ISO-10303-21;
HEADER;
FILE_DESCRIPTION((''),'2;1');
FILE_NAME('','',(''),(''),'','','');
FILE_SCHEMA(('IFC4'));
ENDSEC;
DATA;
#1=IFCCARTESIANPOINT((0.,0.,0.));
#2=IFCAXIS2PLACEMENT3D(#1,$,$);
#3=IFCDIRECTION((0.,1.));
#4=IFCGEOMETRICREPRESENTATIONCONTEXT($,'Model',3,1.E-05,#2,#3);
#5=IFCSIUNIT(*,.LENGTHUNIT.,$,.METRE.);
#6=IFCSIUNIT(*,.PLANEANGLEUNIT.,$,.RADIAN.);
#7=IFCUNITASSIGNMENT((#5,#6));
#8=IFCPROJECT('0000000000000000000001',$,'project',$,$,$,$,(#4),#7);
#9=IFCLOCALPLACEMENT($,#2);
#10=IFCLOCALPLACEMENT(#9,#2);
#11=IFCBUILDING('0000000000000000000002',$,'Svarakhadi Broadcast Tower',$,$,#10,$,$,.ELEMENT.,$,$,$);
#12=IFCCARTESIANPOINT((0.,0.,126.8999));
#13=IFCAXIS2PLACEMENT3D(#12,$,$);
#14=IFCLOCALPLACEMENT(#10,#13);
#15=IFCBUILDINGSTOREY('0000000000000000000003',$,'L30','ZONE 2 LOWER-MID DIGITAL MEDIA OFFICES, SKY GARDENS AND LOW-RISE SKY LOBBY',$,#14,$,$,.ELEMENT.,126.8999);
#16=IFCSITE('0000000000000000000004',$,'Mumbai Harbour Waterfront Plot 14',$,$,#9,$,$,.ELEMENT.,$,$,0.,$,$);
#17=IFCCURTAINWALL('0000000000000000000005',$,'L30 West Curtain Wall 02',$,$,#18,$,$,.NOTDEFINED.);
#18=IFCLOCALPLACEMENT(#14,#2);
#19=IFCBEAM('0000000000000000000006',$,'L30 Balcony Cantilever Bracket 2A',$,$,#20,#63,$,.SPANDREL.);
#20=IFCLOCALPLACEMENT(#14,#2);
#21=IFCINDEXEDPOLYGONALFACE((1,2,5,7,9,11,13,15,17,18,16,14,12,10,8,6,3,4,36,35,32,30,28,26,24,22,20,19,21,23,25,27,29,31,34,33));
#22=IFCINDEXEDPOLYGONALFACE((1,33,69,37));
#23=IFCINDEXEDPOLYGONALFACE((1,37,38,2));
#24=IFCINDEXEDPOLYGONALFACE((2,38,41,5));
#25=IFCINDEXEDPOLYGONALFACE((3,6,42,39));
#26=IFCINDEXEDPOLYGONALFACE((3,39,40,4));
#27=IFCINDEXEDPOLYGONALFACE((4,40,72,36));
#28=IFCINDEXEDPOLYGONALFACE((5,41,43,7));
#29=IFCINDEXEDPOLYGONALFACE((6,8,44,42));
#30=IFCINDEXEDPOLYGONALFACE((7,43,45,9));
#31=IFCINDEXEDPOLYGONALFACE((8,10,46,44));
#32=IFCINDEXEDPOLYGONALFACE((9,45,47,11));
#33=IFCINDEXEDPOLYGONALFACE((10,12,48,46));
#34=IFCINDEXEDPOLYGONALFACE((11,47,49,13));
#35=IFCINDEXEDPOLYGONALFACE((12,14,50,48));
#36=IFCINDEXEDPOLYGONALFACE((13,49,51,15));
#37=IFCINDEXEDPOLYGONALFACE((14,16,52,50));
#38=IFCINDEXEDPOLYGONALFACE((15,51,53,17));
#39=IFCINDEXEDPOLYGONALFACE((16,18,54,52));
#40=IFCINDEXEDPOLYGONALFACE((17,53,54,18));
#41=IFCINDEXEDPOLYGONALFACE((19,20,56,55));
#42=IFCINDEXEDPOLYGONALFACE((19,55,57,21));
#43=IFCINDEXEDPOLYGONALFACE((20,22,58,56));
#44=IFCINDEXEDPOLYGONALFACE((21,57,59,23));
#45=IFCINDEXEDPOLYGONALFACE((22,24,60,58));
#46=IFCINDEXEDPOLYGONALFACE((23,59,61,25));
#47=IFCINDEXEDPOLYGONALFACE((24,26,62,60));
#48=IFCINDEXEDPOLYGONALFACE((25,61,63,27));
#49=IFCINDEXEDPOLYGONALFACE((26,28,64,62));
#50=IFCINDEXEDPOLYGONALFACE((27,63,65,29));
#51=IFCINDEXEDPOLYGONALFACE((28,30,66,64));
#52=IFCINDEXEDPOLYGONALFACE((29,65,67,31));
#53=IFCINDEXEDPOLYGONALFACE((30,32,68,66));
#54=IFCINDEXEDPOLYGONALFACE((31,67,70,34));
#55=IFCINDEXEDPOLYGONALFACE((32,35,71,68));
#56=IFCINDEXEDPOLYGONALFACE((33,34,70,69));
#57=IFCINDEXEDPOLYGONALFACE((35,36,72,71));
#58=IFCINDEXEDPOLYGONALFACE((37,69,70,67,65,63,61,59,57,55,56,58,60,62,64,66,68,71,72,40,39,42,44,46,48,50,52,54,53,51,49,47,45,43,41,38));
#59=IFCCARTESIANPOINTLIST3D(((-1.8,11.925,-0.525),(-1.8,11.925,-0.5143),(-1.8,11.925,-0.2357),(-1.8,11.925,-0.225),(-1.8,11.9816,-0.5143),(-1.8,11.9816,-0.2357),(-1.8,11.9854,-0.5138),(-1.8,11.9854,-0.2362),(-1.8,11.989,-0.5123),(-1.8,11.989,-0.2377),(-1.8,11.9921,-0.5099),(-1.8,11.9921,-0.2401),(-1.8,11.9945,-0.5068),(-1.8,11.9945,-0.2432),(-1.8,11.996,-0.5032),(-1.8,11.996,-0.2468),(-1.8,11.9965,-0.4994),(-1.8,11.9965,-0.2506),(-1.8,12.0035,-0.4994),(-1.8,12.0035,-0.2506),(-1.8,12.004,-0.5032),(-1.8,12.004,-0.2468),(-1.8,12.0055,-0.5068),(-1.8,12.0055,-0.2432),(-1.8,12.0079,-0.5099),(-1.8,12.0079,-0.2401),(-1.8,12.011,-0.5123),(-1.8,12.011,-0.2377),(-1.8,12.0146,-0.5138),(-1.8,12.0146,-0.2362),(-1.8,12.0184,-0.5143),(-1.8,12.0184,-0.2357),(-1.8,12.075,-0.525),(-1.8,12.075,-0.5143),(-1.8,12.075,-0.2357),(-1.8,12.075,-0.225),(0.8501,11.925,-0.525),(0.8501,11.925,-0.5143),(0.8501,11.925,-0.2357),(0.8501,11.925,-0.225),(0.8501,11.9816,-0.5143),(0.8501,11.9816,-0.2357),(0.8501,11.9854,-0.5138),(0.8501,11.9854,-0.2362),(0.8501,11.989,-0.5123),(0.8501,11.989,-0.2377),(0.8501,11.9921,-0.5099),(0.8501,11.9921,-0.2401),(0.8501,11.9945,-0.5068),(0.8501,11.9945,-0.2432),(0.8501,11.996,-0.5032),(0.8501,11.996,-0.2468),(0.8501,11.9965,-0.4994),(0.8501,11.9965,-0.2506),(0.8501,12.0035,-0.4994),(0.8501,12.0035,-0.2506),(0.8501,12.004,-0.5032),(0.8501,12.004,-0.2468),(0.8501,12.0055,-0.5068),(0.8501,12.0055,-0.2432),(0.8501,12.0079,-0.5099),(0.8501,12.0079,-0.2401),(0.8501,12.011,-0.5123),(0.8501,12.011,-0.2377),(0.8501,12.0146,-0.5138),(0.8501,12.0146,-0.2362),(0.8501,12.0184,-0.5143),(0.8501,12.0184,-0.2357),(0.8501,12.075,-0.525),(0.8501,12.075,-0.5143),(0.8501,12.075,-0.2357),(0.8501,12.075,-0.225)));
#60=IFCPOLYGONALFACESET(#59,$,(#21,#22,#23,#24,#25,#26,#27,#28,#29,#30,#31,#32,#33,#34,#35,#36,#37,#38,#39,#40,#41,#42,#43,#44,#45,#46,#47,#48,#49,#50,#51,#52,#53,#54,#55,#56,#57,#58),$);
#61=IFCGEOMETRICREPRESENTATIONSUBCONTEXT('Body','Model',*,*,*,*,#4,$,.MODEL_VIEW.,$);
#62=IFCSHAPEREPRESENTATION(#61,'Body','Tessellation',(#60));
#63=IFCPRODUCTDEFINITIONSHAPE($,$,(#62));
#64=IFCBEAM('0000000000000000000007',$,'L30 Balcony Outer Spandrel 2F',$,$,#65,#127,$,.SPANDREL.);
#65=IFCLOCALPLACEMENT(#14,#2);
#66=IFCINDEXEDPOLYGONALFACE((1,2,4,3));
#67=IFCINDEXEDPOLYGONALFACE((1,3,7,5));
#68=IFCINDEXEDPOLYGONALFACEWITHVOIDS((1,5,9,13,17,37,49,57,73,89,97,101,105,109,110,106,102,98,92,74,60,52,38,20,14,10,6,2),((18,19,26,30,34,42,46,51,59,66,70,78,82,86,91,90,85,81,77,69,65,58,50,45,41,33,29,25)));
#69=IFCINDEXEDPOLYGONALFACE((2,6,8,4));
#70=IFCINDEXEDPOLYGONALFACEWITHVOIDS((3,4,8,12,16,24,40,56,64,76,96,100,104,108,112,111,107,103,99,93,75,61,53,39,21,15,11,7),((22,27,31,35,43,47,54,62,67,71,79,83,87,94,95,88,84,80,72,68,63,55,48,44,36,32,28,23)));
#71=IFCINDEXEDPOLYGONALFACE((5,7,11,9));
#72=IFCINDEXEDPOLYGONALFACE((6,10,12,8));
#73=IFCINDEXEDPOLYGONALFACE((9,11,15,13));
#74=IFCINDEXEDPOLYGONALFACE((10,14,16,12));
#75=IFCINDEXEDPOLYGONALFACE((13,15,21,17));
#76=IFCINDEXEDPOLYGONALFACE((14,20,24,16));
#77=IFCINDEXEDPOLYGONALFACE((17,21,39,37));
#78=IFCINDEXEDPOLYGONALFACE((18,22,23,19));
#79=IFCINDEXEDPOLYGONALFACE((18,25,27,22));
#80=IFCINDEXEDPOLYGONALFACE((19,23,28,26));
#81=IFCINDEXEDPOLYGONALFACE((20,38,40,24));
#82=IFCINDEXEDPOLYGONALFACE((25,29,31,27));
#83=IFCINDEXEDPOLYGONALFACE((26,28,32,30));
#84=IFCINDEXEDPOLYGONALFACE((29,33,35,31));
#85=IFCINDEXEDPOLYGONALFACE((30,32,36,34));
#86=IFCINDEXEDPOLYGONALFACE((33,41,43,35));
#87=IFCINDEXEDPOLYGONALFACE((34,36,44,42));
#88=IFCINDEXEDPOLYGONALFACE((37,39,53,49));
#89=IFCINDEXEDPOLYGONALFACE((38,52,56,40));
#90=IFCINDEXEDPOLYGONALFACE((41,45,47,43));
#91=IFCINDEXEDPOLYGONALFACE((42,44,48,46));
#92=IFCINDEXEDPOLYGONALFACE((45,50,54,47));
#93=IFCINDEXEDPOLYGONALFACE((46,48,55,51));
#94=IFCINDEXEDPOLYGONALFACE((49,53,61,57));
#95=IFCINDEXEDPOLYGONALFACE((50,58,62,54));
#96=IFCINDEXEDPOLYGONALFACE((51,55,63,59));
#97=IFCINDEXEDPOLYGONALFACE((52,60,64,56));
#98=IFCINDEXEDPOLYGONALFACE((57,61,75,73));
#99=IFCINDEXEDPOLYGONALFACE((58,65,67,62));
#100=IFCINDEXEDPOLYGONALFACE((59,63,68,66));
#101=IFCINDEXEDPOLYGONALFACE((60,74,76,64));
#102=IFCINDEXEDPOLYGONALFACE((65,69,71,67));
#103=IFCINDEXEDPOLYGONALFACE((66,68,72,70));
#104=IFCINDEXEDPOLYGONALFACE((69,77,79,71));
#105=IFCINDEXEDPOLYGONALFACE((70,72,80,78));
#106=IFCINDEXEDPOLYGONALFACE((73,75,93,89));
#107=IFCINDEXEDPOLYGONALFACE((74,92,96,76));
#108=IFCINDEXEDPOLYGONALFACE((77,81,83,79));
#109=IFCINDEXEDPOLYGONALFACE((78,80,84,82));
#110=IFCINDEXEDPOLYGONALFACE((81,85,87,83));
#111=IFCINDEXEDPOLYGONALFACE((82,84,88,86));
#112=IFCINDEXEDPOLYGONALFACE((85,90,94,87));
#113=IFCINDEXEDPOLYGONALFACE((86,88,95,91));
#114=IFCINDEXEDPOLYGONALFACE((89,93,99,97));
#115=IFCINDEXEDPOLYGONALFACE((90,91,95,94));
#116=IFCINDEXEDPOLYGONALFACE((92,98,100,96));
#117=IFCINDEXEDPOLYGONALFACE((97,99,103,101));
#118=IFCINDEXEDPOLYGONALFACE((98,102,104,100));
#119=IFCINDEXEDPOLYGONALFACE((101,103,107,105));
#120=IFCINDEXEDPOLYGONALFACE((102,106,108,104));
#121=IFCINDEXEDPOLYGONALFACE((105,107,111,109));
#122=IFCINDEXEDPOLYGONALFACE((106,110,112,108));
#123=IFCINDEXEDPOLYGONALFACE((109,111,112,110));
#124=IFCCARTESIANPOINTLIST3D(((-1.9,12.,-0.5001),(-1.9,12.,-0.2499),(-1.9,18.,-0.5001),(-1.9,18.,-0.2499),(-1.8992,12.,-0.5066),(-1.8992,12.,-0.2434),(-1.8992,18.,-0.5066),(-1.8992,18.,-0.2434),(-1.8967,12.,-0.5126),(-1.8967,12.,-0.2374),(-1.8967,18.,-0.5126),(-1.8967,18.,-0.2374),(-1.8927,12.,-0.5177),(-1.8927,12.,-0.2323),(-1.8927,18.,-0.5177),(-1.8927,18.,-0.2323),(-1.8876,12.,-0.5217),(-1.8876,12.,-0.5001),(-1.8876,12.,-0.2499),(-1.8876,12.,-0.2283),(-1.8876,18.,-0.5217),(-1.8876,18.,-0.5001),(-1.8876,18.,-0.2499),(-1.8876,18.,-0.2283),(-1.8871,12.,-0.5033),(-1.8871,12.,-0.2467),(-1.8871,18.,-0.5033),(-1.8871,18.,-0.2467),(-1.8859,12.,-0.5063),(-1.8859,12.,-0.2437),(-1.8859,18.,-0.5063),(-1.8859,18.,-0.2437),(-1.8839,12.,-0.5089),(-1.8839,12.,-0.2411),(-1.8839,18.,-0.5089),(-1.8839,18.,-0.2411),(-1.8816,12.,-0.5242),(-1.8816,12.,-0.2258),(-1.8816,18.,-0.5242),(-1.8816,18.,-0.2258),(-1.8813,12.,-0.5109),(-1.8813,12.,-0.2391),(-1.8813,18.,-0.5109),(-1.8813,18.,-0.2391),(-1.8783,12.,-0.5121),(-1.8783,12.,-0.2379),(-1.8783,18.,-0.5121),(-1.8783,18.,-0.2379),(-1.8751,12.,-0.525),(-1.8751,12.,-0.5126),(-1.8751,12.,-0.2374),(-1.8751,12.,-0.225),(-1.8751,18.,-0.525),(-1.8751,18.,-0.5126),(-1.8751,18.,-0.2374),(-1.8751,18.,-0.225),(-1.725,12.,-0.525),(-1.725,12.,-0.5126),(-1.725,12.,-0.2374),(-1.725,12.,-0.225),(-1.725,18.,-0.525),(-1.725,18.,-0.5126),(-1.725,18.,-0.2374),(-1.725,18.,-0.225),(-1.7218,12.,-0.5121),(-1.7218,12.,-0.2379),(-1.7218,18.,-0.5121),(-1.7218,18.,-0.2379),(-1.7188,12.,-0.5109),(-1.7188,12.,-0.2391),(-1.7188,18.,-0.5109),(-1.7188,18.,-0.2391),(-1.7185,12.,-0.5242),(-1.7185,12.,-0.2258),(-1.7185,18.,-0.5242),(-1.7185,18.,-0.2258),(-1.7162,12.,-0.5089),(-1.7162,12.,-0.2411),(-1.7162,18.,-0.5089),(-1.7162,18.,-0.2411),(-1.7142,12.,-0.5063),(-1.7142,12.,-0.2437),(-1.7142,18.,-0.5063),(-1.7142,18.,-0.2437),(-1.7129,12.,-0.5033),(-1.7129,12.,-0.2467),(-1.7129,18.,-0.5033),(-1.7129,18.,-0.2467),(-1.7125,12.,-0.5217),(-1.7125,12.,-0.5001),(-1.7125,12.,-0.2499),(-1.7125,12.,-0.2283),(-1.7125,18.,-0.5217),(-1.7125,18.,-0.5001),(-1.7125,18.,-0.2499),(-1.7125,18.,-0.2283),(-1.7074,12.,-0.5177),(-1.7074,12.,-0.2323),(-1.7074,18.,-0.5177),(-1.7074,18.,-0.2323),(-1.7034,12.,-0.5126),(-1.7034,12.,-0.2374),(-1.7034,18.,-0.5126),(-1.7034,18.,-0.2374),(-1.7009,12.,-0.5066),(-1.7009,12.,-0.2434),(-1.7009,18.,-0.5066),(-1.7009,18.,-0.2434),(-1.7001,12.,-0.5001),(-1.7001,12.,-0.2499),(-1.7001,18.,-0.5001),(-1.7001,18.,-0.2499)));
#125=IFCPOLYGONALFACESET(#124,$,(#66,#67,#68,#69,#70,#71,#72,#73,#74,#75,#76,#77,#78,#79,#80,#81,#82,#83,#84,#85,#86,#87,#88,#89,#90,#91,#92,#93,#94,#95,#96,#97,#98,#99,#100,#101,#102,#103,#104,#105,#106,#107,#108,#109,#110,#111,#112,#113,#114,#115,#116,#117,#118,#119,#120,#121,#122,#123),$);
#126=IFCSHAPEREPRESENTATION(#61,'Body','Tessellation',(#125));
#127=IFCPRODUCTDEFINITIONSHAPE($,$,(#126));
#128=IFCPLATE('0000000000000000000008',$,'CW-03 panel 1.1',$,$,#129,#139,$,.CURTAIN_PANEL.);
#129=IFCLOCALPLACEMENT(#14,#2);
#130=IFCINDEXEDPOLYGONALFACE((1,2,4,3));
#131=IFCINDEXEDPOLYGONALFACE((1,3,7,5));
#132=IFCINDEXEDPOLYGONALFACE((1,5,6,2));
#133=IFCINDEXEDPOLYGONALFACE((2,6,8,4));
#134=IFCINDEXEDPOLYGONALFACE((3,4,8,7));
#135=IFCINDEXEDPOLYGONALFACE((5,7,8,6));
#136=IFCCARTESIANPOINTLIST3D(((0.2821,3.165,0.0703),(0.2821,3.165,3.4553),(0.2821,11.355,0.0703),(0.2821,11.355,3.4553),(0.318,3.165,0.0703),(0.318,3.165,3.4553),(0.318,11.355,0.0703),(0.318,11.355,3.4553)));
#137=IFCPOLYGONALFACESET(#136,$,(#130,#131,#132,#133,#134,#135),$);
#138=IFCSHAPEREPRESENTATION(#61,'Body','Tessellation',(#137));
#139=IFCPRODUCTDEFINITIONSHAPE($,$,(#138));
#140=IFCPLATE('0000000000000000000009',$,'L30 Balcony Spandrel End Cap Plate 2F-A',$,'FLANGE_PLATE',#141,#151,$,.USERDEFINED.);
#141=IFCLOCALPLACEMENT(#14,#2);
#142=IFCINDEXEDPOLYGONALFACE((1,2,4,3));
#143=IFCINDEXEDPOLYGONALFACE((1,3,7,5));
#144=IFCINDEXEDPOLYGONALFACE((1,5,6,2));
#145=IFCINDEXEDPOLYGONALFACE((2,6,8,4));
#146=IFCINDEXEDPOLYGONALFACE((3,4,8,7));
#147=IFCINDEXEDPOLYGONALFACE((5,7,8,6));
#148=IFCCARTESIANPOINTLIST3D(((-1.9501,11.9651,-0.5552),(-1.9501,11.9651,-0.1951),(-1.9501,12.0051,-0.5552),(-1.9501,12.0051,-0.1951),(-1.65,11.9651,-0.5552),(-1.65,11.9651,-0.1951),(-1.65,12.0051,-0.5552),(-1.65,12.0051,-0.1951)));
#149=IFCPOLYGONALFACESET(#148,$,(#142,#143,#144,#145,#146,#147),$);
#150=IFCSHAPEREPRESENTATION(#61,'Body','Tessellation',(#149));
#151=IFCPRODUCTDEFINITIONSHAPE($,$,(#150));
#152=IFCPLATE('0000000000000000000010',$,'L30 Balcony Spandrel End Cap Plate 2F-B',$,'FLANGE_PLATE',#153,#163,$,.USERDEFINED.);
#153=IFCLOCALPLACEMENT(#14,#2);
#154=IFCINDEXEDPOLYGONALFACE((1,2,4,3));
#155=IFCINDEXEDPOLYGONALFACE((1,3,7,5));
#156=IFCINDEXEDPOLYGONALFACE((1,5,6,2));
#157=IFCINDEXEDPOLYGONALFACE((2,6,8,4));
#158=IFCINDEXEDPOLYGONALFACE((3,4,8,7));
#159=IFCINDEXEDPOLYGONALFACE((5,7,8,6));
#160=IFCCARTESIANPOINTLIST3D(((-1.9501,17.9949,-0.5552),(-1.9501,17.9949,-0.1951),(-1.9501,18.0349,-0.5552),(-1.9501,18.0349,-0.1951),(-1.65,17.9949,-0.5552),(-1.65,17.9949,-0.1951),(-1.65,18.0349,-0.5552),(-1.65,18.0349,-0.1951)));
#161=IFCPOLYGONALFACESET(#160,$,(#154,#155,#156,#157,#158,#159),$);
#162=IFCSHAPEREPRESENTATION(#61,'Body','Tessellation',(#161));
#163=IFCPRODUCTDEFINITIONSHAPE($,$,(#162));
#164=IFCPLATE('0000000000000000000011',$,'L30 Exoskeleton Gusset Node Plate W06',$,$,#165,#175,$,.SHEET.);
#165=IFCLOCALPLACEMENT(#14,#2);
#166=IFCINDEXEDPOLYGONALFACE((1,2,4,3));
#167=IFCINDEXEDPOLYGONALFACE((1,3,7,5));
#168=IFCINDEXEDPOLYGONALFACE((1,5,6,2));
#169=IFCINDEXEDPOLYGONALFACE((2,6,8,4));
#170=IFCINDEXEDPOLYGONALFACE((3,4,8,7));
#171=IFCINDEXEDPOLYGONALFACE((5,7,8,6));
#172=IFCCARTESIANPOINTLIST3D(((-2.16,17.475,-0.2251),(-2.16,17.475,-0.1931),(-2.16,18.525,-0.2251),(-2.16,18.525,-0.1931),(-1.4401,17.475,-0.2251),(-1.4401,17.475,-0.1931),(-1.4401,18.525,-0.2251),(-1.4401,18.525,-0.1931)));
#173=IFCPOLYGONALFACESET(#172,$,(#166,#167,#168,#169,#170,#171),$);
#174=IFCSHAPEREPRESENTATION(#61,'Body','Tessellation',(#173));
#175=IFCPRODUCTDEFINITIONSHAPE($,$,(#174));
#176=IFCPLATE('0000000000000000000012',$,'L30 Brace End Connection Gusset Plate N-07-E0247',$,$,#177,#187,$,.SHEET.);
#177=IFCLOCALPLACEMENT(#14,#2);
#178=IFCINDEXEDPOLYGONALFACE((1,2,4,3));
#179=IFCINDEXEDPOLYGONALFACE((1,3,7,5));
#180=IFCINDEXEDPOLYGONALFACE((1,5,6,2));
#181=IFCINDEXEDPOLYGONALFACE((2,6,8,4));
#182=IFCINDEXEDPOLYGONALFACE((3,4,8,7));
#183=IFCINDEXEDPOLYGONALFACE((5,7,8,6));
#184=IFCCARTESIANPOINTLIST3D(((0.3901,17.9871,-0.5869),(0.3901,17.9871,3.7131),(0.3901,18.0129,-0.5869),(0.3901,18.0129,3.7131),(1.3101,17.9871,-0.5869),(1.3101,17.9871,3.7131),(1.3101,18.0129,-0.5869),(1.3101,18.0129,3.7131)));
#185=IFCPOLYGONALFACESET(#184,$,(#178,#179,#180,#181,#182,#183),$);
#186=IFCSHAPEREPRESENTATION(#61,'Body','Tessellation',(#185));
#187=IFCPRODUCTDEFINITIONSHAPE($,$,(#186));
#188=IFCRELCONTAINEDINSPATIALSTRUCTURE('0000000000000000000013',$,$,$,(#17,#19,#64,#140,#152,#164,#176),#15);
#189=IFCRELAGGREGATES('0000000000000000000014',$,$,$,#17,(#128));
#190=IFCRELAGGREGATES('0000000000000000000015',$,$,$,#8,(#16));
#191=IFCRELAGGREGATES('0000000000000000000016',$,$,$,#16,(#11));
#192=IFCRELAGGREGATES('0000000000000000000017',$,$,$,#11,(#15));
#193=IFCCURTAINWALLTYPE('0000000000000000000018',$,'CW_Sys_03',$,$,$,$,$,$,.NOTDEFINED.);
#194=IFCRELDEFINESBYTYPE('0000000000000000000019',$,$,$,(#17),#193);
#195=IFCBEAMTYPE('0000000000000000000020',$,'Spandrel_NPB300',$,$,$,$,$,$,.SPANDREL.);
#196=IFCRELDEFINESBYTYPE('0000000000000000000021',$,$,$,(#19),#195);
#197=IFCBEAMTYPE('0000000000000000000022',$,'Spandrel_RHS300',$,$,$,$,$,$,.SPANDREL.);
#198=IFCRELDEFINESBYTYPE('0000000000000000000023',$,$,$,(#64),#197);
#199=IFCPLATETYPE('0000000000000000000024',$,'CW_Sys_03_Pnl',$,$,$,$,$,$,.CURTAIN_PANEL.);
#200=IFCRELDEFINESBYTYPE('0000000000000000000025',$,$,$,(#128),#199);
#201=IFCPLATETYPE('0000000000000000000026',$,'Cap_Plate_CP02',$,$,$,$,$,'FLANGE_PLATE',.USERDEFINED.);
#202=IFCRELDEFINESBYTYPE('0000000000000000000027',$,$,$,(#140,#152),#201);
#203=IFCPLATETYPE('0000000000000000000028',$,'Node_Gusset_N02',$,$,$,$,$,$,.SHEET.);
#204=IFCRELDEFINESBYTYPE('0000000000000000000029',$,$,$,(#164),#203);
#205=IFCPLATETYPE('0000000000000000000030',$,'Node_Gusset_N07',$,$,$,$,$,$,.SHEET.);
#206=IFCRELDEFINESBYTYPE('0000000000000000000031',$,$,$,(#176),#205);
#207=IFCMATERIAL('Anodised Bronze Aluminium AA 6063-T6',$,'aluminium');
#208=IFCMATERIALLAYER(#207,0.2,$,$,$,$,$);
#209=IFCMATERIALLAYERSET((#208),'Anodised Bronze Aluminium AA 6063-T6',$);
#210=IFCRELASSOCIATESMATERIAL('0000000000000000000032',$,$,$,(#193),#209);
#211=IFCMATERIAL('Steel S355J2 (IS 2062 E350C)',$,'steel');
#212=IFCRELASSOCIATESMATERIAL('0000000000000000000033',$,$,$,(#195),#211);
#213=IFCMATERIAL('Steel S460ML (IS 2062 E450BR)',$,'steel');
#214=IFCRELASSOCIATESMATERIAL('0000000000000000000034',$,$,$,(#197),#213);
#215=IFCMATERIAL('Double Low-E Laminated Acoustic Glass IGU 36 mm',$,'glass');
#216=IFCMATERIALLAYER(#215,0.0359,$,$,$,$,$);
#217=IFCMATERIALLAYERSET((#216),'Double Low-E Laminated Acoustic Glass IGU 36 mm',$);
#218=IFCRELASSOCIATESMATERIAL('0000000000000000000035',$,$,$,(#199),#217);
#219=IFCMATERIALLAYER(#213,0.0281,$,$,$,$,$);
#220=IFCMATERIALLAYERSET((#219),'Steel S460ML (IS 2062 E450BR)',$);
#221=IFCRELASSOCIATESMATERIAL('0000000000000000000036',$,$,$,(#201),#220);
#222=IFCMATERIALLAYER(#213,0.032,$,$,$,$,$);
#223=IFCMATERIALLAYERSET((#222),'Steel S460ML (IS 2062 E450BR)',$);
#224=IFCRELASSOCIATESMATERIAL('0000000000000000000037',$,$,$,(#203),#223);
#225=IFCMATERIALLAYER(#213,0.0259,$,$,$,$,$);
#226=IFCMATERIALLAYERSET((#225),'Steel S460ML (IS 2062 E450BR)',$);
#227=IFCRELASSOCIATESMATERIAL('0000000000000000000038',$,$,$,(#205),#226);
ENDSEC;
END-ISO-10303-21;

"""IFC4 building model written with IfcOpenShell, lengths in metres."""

from ifc_helpers import new_model, si_unit, direction, frame, origin, origin_2d, place, context, subcontext, project, spatial, rectangle, hollow_rectangle, i_section, extrude, material, layer, layer_set, material_profile, profile_set, type_object, element, aggregate, save


model = new_model("IFC4")

# Units and contexts
model_context = context("Model", 3, precision=1e-05, world=origin(), true_north=direction((0.0, 1.0)))
body_context = subcontext(model_context, "Body", "Model", "MODEL_VIEW")
ifc_project = project(units=[si_unit("LENGTHUNIT", "METRE"), si_unit("PLANEANGLEUNIT", "RADIAN")], contexts=[model_context])

# Site, building, storey
site_placement = place(None, origin())
site = spatial("IfcSite", under=ifc_project, at=site_placement, Name="Mumbai Harbour Waterfront Plot 14", CompositionType="ELEMENT", RefElevation=0.0)
building_placement = place(site_placement, origin())
building = spatial("IfcBuilding", under=site, at=building_placement, Name="Svarakhadi Broadcast Tower", CompositionType="ELEMENT")
storey_placement = place(building_placement, frame((0.0, 0.0, 126.8999)))
storey = spatial("IfcBuildingStorey", under=building, at=storey_placement, Name="L30", Description="ZONE 2 LOWER-MID DIGITAL MEDIA OFFICES, SKY GARDENS AND LOW-RISE SKY LOBBY", CompositionType="ELEMENT", Elevation=126.8999)

# Shared definitions
ifc_material_1 = material(Name="Steel S460ML (IS 2062 E450BR)", Category="steel")

# Shared definitions
ifc_material_2 = material(Name="Steel S355J2 (IS 2062 E350C)", Category="steel")

# Curtain wall
ifc_material_3 = material(Name="Anodised Bronze Aluminium AA 6063-T6", Category="aluminium")
ifc_layer_1 = layer(ifc_material_3, 0.2)
ifc_layer_set_1 = layer_set([ifc_layer_1], Name="Anodised Bronze Aluminium AA 6063-T6")
curtain_wall_type = type_object("IfcCurtainWallType", Name="CW_Sys_03", PredefinedType="NOTDEFINED", material=ifc_layer_set_1)
curtain_wall_placement = place(storey_placement, origin())
curtain_wall = element("IfcCurtainWall", 1, at=curtain_wall_placement, inside=storey, type_object=curtain_wall_type, Name="L30 West Curtain Wall 02", PredefinedType="NOTDEFINED")

# Beams
ifc_material_profile_1 = material_profile(ifc_material_2, i_section(OverallWidth=0.1499, OverallDepth=0.3, WebThickness=0.0071, FlangeThickness=0.0107, FilletRadius=0.0149, at=origin_2d()), Name="NPB 300x150x37")
ifc_profile_set_1 = profile_set([ifc_material_profile_1], Name="Steel S355J2 (IS 2062 E350C)")
beam_type_1 = type_object("IfcBeamType", Name="Spandrel_NPB300", PredefinedType="SPANDREL", material=ifc_profile_set_1)
beam_1_placement = place(storey_placement, frame((0.8501, 12.0, -0.375), z_axis=(-1.0, 0.0, 0.0), x_axis=(0.0, -1.0, 0.0)))
element("IfcBeam", 2, at=beam_1_placement, inside=storey, type_object=beam_type_1, Name="L30 Balcony Cantilever Bracket 2A", PredefinedType="SPANDREL", context=body_context, shape_type="SweptSolid", body=[
    extrude(i_section(OverallWidth=0.1499, OverallDepth=0.3, WebThickness=0.0071, FlangeThickness=0.0107, FilletRadius=0.0149, at=origin_2d()), origin(), (0.0, 0.0, 1.0), 2.6501),
])
ifc_material_profile_2 = material_profile(ifc_material_1, hollow_rectangle(XDim=0.2, YDim=0.3, WallThickness=0.0125, InnerFilletRadius=0.0125, OuterFilletRadius=0.0249, at=origin_2d()), Name="RHS 300x200x12.5")
ifc_profile_set_2 = profile_set([ifc_material_profile_2], Name="Steel S460ML (IS 2062 E450BR)")
beam_type_2 = type_object("IfcBeamType", Name="Spandrel_RHS300", PredefinedType="SPANDREL", material=ifc_profile_set_2)
beam_2_placement = place(storey_placement, frame((-1.8, 12.0, -0.375), z_axis=(0.0, 1.0, 0.0), x_axis=(-1.0, 0.0, 0.0)))
element("IfcBeam", 3, at=beam_2_placement, inside=storey, type_object=beam_type_2, Name="L30 Balcony Outer Spandrel 2F", PredefinedType="SPANDREL", context=body_context, shape_type="SweptSolid", body=[
    extrude(hollow_rectangle(XDim=0.2, YDim=0.3, WallThickness=0.0125, InnerFilletRadius=0.0125, OuterFilletRadius=0.0249, at=origin_2d()), origin(), (0.0, 0.0, 1.0), 6.0),
])

# Plate
ifc_material_4 = material(Name="Double Low-E Laminated Acoustic Glass IGU 36 mm", Category="glass")
ifc_layer_2 = layer(ifc_material_4, 0.0359)
ifc_layer_set_2 = layer_set([ifc_layer_2], Name="Double Low-E Laminated Acoustic Glass IGU 36 mm")
plate_type_1 = type_object("IfcPlateType", Name="CW_Sys_03_Pnl", PredefinedType="CURTAIN_PANEL", material=ifc_layer_set_2)
plate_1_placement = place(storey_placement, frame((0.3, 7.26, 0.0703), z_axis=(0.0, 0.0, 1.0), x_axis=(0.0, 1.0, 0.0)))
plate_1 = element("IfcPlate", 4, at=plate_1_placement, type_object=plate_type_1, Name="CW-03 panel 1.1", PredefinedType="CURTAIN_PANEL", context=body_context, shape_type="SweptSolid", body=[
    extrude(rectangle(XDim=8.1899, YDim=0.0359, at=origin_2d()), origin(), (0.0, 0.0, 1.0), 3.385),
])
aggregate(curtain_wall, [plate_1])

# Plates
ifc_layer_3 = layer(ifc_material_1, 0.0281)
ifc_layer_set_3 = layer_set([ifc_layer_3], Name="Steel S460ML (IS 2062 E450BR)")
plate_type_2 = type_object("IfcPlateType", Name="Cap_Plate_CP02", ElementType="FLANGE_PLATE", PredefinedType="USERDEFINED", material=ifc_layer_set_3)
for number, where, z_axis, x_axis, name in (
    (5, (-1.8, 11.9851, -0.5552), (0.0, 0.0, 1.0), (1.0, 0.0, 0.0), "L30 Balcony Spandrel End Cap Plate 2F-A"),
    (6, (-1.8, 18.0149, -0.5552), (0.0, 0.0, 1.0), (1.0, 0.0, 0.0), "L30 Balcony Spandrel End Cap Plate 2F-B"),
):
    element("IfcPlate", number, at=place(storey_placement, frame(where, z_axis=z_axis, x_axis=x_axis)), inside=storey, type_object=plate_type_2, Name=name, ObjectType="FLANGE_PLATE", PredefinedType="USERDEFINED", context=body_context, shape_type="SweptSolid", body=[
        extrude(rectangle(XDim=0.3, YDim=0.04, at=origin_2d()), origin(), (0.0, 0.0, 1.0), 0.3601),
    ])
ifc_layer_4 = layer(ifc_material_1, 0.032)
ifc_layer_set_4 = layer_set([ifc_layer_4], Name="Steel S460ML (IS 2062 E450BR)")
plate_type_3 = type_object("IfcPlateType", Name="Node_Gusset_N02", PredefinedType="SHEET", material=ifc_layer_set_4)
plate_2_placement = place(storey_placement, frame((-1.8, 18.0, -0.2251), z_axis=(0.0, 0.0, 1.0), x_axis=(0.0, 1.0, 0.0)))
element("IfcPlate", 7, at=plate_2_placement, inside=storey, type_object=plate_type_3, Name="L30 Exoskeleton Gusset Node Plate W06", PredefinedType="SHEET", context=body_context, shape_type="SweptSolid", body=[
    extrude(rectangle(XDim=1.05, YDim=0.72, at=origin_2d()), origin(), (0.0, 0.0, 1.0), 0.032),
])
ifc_layer_5 = layer(ifc_material_1, 0.0259)
ifc_layer_set_5 = layer_set([ifc_layer_5], Name="Steel S460ML (IS 2062 E450BR)")
plate_type_4 = type_object("IfcPlateType", Name="Node_Gusset_N07", PredefinedType="SHEET", material=ifc_layer_set_5)
plate_3_placement = place(storey_placement, frame((0.8501, 18.0, -0.5869), z_axis=(0.0, 0.0, 1.0), x_axis=(1.0, 0.0, 0.0)))
element("IfcPlate", 8, at=plate_3_placement, inside=storey, type_object=plate_type_4, Name="L30 Brace End Connection Gusset Plate N-07-E0247", PredefinedType="SHEET", context=body_context, shape_type="SweptSolid", body=[
    extrude(rectangle(XDim=0.9199, YDim=0.0259, at=origin_2d()), origin(), (0.0, 0.0, 1.0), 4.3),
])

save(model, "model.ifc")
